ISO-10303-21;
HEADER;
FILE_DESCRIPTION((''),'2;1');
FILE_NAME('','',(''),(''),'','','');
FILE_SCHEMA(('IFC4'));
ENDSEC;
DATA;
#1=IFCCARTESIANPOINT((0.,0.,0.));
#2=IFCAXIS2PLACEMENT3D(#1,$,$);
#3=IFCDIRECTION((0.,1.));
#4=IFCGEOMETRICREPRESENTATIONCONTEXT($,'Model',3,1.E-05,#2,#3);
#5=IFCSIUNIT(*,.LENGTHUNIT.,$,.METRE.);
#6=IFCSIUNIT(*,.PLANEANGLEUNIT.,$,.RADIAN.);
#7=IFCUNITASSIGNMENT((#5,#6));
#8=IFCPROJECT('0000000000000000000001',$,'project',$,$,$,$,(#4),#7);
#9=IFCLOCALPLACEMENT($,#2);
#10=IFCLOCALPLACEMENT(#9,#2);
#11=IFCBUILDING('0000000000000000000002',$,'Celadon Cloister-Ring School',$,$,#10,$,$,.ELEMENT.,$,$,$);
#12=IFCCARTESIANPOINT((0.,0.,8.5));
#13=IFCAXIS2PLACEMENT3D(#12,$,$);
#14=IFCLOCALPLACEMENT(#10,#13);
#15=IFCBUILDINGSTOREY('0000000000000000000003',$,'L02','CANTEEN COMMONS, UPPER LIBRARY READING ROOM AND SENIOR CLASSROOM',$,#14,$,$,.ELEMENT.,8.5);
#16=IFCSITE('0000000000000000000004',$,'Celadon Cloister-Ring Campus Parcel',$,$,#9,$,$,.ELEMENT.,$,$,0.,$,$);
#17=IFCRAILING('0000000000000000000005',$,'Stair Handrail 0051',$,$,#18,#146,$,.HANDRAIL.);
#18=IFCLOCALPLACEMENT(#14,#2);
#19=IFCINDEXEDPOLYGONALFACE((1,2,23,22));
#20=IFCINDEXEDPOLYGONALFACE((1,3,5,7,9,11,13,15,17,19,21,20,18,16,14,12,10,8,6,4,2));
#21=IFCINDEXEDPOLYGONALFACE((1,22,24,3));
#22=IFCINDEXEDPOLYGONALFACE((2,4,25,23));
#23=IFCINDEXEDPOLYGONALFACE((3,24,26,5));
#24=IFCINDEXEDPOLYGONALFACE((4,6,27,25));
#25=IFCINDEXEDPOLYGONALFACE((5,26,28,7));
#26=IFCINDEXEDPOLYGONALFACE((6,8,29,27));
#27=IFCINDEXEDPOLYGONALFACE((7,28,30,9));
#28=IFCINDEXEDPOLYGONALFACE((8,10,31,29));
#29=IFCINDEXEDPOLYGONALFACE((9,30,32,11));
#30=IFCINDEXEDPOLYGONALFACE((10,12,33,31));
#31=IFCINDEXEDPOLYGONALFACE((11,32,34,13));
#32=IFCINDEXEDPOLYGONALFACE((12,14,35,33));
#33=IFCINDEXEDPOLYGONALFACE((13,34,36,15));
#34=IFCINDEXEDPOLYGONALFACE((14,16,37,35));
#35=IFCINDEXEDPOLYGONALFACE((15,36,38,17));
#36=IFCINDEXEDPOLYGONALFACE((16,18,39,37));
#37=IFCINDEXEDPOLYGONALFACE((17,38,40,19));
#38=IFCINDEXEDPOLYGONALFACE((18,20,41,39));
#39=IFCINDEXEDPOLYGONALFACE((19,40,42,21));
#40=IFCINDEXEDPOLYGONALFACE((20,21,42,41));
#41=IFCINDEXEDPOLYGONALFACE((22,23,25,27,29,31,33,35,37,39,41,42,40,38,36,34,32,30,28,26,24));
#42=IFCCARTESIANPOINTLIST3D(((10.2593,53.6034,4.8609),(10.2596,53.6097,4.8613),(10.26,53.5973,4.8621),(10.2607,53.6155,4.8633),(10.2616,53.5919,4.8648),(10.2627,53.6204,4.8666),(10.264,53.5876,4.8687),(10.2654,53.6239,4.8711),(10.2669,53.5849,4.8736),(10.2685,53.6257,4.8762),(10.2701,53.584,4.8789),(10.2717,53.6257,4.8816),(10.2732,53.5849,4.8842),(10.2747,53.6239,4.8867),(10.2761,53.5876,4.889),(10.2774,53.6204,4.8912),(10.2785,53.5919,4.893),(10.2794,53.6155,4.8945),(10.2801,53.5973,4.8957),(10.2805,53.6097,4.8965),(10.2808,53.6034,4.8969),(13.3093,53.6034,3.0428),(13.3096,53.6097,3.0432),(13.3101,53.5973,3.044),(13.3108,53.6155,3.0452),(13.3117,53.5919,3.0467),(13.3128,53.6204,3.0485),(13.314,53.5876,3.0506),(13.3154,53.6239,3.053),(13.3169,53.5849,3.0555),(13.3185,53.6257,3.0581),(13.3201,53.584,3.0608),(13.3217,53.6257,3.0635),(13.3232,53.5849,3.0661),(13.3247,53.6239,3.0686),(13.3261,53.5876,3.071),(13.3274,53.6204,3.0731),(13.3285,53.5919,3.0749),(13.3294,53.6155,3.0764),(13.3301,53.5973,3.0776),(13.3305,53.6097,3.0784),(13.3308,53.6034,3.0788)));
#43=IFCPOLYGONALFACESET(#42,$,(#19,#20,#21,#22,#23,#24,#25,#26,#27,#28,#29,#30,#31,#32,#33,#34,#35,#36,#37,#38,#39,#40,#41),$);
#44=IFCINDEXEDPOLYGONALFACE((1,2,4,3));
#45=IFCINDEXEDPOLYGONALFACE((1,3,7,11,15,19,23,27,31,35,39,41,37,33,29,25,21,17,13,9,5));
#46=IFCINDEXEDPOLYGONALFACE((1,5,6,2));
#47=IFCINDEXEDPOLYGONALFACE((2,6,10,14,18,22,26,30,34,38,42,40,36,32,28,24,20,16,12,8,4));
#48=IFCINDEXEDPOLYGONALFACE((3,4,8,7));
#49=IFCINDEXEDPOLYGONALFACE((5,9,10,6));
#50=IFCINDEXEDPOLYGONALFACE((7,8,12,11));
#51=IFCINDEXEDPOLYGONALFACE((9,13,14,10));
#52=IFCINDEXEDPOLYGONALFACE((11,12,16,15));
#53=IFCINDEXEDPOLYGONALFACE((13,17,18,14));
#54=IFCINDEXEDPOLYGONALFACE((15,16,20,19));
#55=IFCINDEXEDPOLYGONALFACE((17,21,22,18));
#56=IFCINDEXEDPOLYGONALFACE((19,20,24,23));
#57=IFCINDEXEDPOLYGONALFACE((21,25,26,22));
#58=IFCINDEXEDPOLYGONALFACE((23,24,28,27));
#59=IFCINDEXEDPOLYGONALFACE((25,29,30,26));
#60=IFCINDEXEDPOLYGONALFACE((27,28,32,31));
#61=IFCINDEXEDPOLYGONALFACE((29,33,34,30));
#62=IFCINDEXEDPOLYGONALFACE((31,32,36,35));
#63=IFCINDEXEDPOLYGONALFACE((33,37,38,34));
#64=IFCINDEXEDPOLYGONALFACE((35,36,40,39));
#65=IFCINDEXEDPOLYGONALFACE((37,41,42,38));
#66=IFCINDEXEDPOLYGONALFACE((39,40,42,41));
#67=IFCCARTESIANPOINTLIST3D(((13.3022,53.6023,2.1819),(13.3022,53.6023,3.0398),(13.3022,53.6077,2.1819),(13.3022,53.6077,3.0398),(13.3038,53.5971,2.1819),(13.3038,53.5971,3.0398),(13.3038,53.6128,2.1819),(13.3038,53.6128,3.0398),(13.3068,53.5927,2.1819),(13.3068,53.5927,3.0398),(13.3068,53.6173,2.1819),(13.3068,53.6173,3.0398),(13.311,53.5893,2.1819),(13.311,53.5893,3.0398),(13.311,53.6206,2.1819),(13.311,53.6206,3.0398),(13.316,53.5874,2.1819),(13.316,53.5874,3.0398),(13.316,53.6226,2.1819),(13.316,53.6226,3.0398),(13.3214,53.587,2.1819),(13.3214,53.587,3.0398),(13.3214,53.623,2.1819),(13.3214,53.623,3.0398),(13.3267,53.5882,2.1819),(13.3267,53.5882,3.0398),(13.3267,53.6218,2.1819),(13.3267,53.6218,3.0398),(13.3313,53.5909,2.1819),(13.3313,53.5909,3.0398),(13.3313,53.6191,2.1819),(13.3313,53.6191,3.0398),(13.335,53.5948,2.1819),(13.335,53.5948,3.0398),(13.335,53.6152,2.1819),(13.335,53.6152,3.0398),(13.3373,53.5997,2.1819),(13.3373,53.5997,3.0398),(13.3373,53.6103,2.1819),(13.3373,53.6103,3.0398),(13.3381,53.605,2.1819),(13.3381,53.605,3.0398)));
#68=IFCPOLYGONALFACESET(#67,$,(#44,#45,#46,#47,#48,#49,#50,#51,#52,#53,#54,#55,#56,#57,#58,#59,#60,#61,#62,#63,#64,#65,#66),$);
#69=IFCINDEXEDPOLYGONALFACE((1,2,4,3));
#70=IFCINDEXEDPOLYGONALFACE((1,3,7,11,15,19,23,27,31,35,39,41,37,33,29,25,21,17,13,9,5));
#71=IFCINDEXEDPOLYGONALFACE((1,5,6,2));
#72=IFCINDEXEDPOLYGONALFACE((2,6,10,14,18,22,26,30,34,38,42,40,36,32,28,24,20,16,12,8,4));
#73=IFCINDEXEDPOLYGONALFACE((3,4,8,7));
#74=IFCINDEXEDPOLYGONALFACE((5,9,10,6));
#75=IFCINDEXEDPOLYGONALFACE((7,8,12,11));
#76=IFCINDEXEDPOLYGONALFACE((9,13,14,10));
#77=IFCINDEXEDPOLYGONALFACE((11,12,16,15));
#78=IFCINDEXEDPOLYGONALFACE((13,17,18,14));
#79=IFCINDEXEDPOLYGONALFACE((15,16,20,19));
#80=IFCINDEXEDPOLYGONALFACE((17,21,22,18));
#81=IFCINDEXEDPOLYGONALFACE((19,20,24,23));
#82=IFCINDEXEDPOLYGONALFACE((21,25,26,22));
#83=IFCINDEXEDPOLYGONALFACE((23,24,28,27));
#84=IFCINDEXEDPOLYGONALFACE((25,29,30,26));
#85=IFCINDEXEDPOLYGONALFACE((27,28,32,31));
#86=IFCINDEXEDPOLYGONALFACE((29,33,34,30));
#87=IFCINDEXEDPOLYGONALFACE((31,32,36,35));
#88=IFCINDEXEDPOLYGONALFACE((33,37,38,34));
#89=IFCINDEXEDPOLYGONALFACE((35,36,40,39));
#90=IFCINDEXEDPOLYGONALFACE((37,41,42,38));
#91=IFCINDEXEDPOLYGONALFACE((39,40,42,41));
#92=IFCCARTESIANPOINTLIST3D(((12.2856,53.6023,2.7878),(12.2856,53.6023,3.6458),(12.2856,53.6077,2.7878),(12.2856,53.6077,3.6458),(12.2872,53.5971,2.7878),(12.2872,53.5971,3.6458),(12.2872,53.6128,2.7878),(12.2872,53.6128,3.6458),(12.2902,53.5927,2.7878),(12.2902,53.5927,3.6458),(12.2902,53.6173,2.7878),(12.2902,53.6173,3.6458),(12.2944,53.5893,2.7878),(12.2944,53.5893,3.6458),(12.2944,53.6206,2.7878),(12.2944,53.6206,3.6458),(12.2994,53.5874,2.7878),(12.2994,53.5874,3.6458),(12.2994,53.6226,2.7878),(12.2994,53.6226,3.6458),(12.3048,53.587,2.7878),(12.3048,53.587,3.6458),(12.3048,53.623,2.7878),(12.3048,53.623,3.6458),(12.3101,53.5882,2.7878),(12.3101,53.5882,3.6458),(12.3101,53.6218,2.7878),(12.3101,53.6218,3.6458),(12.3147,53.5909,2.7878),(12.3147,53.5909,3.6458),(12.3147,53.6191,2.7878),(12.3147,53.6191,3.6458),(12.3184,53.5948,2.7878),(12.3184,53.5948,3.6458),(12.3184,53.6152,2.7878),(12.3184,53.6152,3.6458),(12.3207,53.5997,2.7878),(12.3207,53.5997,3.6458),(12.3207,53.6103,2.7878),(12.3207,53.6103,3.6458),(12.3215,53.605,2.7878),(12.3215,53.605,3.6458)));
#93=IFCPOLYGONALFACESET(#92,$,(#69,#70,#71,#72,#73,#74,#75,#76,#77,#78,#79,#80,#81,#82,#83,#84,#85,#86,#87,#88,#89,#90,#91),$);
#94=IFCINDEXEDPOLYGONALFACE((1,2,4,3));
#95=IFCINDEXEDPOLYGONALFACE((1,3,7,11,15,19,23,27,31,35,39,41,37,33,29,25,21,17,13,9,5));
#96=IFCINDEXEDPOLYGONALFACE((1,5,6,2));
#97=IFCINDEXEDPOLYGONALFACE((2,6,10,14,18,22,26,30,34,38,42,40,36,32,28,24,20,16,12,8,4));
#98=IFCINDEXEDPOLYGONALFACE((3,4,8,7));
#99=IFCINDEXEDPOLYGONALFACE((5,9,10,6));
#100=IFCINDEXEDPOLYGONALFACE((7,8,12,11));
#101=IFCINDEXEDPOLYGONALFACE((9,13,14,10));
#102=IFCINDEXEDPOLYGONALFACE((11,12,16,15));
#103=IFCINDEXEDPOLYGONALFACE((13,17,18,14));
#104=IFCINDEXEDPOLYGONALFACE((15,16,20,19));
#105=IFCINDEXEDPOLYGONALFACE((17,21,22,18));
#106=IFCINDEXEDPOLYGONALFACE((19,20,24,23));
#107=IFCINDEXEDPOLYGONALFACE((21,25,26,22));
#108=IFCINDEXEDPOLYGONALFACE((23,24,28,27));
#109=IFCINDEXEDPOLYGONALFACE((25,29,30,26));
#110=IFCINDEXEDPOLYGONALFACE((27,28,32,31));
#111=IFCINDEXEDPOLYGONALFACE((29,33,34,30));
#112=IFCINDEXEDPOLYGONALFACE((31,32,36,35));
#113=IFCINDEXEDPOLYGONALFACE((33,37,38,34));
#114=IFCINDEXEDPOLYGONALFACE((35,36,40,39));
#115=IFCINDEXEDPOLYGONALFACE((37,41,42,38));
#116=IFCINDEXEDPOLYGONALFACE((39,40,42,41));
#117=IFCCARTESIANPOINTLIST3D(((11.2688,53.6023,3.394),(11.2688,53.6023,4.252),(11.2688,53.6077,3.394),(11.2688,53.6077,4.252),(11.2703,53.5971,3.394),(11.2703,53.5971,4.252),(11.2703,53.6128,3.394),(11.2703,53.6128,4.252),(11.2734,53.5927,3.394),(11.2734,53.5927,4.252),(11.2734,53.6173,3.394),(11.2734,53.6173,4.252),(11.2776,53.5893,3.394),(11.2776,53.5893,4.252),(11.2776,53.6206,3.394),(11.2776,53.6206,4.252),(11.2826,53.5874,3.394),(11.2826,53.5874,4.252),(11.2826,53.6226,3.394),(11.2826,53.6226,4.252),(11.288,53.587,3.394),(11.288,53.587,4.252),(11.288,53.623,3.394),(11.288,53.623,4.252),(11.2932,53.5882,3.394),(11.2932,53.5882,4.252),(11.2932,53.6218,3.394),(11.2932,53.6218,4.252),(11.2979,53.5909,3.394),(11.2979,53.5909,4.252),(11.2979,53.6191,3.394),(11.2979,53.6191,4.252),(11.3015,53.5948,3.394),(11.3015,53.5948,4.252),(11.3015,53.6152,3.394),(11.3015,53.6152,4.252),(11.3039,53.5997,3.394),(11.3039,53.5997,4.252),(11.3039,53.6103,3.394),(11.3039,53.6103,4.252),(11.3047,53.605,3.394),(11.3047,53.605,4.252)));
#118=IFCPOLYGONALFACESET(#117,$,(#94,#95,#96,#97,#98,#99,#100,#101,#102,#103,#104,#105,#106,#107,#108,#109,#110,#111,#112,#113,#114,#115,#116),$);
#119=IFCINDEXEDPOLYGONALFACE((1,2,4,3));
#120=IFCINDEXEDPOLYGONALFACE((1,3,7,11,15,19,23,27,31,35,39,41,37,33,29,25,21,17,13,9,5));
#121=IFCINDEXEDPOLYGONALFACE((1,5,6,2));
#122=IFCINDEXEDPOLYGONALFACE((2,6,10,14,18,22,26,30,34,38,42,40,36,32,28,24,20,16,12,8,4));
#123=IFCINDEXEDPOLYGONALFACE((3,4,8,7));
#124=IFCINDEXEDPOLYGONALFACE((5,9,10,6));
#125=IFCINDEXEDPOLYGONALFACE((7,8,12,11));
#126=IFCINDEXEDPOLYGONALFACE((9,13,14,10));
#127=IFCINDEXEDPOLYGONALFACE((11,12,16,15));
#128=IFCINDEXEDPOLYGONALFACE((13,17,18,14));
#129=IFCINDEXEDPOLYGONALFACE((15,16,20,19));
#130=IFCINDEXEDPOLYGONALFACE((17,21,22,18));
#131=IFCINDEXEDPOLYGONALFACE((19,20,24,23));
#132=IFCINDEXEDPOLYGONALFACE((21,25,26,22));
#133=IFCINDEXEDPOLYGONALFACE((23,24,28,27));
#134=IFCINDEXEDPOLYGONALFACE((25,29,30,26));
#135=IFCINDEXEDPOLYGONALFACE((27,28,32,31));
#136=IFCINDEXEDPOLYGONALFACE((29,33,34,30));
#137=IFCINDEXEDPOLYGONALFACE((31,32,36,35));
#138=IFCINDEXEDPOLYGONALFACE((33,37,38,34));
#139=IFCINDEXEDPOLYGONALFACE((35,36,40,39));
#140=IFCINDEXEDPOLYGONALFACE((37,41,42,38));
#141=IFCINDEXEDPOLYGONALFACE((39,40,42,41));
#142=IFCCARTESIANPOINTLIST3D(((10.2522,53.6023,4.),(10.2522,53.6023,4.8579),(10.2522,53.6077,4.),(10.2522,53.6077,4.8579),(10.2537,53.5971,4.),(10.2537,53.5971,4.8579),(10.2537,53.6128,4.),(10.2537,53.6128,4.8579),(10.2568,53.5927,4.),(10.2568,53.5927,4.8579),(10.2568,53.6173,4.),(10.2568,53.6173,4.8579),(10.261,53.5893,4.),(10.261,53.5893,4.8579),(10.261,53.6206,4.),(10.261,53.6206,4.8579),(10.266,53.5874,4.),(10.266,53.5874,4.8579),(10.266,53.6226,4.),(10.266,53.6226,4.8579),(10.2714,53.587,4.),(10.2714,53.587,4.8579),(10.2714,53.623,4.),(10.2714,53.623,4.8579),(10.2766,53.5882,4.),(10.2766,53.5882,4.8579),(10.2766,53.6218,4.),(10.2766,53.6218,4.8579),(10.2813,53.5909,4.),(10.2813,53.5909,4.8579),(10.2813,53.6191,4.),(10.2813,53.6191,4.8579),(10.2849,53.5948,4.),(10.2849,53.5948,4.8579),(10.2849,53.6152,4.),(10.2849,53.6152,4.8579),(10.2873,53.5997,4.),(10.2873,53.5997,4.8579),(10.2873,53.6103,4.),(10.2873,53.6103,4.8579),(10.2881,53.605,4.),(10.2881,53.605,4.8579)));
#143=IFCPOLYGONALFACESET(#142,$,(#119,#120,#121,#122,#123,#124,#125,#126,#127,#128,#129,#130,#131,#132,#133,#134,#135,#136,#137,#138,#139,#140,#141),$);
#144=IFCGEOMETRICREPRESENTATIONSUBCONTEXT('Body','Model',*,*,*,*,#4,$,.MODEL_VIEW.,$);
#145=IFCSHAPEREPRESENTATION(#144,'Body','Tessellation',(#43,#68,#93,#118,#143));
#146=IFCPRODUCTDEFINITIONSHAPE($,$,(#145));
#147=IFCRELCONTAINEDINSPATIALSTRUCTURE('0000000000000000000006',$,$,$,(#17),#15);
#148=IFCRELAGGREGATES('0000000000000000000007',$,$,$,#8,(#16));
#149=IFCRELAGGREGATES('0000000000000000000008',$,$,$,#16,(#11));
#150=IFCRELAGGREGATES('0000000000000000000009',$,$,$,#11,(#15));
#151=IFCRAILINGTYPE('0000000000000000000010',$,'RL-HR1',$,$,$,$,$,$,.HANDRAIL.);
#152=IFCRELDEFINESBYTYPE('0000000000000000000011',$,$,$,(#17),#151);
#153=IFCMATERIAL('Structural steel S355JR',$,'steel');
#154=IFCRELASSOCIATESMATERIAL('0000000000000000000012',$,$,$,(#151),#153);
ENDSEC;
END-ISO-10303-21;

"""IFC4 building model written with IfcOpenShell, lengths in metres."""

from ifc_helpers import new_model, si_unit, direction, frame, origin, origin_2d, place, context, subcontext, project, spatial, circle, extrude, material, type_object, element, save


model = new_model("IFC4")

# Units and contexts
model_context = context("Model", 3, precision=1e-05, world=origin(), true_north=direction((0.0, 1.0)))
body_context = subcontext(model_context, "Body", "Model", "MODEL_VIEW")
ifc_project = project(units=[si_unit("LENGTHUNIT", "METRE"), si_unit("PLANEANGLEUNIT", "RADIAN")], contexts=[model_context])

# Site, building, storey
site_placement = place(None, origin())
site = spatial("IfcSite", under=ifc_project, at=site_placement, Name="Celadon Cloister-Ring Campus Parcel", CompositionType="ELEMENT", RefElevation=0.0)
building_placement = place(site_placement, origin())
building = spatial("IfcBuilding", under=site, at=building_placement, Name="Celadon Cloister-Ring School", CompositionType="ELEMENT")
storey_placement = place(building_placement, frame((0.0, 0.0, 8.5)))
storey = spatial("IfcBuildingStorey", under=building, at=storey_placement, Name="L02", Description="CANTEEN COMMONS, UPPER LIBRARY READING ROOM AND SENIOR CLASSROOM", CompositionType="ELEMENT", Elevation=8.5)

# Railing
ifc_material_1 = material(Name="Structural steel S355JR", Category="steel")
railing_type_1 = type_object("IfcRailingType", Name="RL-HR1", PredefinedType="HANDRAIL", material=ifc_material_1)
railing_1_placement = place(storey_placement, frame((13.3201, 53.605, 2.1819)))
element("IfcRailing", 1, at=railing_1_placement, inside=storey, type_object=railing_type_1, Name="Stair Handrail 0051", PredefinedType="HANDRAIL", context=body_context, shape_type="SweptSolid", body=[
    extrude(circle(Radius=0.021, at=origin_2d()), frame((0.0, 0.0, 0.8789), z_axis=(-0.85897, 0.0, 0.512026), x_axis=(0.0, -1.0, 0.0)), (0.0, 0.0, 1.0), 3.5508),
    extrude(circle(Radius=0.0181, at=origin_2d()), origin(), (0.0, 0.0, 1.0), 0.8579),
    extrude(circle(Radius=0.0181, at=origin_2d()), frame((-1.0166, 0.0, 0.606)), (0.0, 0.0, 1.0), 0.8579),
    extrude(circle(Radius=0.0181, at=origin_2d()), frame((-2.0334, 0.0, 1.2122)), (0.0, 0.0, 1.0), 0.8579),
    extrude(circle(Radius=0.0181, at=origin_2d()), frame((-3.05, 0.0, 1.8181)), (0.0, 0.0, 1.0), 0.8579),
])

save(model, "model.ifc")
